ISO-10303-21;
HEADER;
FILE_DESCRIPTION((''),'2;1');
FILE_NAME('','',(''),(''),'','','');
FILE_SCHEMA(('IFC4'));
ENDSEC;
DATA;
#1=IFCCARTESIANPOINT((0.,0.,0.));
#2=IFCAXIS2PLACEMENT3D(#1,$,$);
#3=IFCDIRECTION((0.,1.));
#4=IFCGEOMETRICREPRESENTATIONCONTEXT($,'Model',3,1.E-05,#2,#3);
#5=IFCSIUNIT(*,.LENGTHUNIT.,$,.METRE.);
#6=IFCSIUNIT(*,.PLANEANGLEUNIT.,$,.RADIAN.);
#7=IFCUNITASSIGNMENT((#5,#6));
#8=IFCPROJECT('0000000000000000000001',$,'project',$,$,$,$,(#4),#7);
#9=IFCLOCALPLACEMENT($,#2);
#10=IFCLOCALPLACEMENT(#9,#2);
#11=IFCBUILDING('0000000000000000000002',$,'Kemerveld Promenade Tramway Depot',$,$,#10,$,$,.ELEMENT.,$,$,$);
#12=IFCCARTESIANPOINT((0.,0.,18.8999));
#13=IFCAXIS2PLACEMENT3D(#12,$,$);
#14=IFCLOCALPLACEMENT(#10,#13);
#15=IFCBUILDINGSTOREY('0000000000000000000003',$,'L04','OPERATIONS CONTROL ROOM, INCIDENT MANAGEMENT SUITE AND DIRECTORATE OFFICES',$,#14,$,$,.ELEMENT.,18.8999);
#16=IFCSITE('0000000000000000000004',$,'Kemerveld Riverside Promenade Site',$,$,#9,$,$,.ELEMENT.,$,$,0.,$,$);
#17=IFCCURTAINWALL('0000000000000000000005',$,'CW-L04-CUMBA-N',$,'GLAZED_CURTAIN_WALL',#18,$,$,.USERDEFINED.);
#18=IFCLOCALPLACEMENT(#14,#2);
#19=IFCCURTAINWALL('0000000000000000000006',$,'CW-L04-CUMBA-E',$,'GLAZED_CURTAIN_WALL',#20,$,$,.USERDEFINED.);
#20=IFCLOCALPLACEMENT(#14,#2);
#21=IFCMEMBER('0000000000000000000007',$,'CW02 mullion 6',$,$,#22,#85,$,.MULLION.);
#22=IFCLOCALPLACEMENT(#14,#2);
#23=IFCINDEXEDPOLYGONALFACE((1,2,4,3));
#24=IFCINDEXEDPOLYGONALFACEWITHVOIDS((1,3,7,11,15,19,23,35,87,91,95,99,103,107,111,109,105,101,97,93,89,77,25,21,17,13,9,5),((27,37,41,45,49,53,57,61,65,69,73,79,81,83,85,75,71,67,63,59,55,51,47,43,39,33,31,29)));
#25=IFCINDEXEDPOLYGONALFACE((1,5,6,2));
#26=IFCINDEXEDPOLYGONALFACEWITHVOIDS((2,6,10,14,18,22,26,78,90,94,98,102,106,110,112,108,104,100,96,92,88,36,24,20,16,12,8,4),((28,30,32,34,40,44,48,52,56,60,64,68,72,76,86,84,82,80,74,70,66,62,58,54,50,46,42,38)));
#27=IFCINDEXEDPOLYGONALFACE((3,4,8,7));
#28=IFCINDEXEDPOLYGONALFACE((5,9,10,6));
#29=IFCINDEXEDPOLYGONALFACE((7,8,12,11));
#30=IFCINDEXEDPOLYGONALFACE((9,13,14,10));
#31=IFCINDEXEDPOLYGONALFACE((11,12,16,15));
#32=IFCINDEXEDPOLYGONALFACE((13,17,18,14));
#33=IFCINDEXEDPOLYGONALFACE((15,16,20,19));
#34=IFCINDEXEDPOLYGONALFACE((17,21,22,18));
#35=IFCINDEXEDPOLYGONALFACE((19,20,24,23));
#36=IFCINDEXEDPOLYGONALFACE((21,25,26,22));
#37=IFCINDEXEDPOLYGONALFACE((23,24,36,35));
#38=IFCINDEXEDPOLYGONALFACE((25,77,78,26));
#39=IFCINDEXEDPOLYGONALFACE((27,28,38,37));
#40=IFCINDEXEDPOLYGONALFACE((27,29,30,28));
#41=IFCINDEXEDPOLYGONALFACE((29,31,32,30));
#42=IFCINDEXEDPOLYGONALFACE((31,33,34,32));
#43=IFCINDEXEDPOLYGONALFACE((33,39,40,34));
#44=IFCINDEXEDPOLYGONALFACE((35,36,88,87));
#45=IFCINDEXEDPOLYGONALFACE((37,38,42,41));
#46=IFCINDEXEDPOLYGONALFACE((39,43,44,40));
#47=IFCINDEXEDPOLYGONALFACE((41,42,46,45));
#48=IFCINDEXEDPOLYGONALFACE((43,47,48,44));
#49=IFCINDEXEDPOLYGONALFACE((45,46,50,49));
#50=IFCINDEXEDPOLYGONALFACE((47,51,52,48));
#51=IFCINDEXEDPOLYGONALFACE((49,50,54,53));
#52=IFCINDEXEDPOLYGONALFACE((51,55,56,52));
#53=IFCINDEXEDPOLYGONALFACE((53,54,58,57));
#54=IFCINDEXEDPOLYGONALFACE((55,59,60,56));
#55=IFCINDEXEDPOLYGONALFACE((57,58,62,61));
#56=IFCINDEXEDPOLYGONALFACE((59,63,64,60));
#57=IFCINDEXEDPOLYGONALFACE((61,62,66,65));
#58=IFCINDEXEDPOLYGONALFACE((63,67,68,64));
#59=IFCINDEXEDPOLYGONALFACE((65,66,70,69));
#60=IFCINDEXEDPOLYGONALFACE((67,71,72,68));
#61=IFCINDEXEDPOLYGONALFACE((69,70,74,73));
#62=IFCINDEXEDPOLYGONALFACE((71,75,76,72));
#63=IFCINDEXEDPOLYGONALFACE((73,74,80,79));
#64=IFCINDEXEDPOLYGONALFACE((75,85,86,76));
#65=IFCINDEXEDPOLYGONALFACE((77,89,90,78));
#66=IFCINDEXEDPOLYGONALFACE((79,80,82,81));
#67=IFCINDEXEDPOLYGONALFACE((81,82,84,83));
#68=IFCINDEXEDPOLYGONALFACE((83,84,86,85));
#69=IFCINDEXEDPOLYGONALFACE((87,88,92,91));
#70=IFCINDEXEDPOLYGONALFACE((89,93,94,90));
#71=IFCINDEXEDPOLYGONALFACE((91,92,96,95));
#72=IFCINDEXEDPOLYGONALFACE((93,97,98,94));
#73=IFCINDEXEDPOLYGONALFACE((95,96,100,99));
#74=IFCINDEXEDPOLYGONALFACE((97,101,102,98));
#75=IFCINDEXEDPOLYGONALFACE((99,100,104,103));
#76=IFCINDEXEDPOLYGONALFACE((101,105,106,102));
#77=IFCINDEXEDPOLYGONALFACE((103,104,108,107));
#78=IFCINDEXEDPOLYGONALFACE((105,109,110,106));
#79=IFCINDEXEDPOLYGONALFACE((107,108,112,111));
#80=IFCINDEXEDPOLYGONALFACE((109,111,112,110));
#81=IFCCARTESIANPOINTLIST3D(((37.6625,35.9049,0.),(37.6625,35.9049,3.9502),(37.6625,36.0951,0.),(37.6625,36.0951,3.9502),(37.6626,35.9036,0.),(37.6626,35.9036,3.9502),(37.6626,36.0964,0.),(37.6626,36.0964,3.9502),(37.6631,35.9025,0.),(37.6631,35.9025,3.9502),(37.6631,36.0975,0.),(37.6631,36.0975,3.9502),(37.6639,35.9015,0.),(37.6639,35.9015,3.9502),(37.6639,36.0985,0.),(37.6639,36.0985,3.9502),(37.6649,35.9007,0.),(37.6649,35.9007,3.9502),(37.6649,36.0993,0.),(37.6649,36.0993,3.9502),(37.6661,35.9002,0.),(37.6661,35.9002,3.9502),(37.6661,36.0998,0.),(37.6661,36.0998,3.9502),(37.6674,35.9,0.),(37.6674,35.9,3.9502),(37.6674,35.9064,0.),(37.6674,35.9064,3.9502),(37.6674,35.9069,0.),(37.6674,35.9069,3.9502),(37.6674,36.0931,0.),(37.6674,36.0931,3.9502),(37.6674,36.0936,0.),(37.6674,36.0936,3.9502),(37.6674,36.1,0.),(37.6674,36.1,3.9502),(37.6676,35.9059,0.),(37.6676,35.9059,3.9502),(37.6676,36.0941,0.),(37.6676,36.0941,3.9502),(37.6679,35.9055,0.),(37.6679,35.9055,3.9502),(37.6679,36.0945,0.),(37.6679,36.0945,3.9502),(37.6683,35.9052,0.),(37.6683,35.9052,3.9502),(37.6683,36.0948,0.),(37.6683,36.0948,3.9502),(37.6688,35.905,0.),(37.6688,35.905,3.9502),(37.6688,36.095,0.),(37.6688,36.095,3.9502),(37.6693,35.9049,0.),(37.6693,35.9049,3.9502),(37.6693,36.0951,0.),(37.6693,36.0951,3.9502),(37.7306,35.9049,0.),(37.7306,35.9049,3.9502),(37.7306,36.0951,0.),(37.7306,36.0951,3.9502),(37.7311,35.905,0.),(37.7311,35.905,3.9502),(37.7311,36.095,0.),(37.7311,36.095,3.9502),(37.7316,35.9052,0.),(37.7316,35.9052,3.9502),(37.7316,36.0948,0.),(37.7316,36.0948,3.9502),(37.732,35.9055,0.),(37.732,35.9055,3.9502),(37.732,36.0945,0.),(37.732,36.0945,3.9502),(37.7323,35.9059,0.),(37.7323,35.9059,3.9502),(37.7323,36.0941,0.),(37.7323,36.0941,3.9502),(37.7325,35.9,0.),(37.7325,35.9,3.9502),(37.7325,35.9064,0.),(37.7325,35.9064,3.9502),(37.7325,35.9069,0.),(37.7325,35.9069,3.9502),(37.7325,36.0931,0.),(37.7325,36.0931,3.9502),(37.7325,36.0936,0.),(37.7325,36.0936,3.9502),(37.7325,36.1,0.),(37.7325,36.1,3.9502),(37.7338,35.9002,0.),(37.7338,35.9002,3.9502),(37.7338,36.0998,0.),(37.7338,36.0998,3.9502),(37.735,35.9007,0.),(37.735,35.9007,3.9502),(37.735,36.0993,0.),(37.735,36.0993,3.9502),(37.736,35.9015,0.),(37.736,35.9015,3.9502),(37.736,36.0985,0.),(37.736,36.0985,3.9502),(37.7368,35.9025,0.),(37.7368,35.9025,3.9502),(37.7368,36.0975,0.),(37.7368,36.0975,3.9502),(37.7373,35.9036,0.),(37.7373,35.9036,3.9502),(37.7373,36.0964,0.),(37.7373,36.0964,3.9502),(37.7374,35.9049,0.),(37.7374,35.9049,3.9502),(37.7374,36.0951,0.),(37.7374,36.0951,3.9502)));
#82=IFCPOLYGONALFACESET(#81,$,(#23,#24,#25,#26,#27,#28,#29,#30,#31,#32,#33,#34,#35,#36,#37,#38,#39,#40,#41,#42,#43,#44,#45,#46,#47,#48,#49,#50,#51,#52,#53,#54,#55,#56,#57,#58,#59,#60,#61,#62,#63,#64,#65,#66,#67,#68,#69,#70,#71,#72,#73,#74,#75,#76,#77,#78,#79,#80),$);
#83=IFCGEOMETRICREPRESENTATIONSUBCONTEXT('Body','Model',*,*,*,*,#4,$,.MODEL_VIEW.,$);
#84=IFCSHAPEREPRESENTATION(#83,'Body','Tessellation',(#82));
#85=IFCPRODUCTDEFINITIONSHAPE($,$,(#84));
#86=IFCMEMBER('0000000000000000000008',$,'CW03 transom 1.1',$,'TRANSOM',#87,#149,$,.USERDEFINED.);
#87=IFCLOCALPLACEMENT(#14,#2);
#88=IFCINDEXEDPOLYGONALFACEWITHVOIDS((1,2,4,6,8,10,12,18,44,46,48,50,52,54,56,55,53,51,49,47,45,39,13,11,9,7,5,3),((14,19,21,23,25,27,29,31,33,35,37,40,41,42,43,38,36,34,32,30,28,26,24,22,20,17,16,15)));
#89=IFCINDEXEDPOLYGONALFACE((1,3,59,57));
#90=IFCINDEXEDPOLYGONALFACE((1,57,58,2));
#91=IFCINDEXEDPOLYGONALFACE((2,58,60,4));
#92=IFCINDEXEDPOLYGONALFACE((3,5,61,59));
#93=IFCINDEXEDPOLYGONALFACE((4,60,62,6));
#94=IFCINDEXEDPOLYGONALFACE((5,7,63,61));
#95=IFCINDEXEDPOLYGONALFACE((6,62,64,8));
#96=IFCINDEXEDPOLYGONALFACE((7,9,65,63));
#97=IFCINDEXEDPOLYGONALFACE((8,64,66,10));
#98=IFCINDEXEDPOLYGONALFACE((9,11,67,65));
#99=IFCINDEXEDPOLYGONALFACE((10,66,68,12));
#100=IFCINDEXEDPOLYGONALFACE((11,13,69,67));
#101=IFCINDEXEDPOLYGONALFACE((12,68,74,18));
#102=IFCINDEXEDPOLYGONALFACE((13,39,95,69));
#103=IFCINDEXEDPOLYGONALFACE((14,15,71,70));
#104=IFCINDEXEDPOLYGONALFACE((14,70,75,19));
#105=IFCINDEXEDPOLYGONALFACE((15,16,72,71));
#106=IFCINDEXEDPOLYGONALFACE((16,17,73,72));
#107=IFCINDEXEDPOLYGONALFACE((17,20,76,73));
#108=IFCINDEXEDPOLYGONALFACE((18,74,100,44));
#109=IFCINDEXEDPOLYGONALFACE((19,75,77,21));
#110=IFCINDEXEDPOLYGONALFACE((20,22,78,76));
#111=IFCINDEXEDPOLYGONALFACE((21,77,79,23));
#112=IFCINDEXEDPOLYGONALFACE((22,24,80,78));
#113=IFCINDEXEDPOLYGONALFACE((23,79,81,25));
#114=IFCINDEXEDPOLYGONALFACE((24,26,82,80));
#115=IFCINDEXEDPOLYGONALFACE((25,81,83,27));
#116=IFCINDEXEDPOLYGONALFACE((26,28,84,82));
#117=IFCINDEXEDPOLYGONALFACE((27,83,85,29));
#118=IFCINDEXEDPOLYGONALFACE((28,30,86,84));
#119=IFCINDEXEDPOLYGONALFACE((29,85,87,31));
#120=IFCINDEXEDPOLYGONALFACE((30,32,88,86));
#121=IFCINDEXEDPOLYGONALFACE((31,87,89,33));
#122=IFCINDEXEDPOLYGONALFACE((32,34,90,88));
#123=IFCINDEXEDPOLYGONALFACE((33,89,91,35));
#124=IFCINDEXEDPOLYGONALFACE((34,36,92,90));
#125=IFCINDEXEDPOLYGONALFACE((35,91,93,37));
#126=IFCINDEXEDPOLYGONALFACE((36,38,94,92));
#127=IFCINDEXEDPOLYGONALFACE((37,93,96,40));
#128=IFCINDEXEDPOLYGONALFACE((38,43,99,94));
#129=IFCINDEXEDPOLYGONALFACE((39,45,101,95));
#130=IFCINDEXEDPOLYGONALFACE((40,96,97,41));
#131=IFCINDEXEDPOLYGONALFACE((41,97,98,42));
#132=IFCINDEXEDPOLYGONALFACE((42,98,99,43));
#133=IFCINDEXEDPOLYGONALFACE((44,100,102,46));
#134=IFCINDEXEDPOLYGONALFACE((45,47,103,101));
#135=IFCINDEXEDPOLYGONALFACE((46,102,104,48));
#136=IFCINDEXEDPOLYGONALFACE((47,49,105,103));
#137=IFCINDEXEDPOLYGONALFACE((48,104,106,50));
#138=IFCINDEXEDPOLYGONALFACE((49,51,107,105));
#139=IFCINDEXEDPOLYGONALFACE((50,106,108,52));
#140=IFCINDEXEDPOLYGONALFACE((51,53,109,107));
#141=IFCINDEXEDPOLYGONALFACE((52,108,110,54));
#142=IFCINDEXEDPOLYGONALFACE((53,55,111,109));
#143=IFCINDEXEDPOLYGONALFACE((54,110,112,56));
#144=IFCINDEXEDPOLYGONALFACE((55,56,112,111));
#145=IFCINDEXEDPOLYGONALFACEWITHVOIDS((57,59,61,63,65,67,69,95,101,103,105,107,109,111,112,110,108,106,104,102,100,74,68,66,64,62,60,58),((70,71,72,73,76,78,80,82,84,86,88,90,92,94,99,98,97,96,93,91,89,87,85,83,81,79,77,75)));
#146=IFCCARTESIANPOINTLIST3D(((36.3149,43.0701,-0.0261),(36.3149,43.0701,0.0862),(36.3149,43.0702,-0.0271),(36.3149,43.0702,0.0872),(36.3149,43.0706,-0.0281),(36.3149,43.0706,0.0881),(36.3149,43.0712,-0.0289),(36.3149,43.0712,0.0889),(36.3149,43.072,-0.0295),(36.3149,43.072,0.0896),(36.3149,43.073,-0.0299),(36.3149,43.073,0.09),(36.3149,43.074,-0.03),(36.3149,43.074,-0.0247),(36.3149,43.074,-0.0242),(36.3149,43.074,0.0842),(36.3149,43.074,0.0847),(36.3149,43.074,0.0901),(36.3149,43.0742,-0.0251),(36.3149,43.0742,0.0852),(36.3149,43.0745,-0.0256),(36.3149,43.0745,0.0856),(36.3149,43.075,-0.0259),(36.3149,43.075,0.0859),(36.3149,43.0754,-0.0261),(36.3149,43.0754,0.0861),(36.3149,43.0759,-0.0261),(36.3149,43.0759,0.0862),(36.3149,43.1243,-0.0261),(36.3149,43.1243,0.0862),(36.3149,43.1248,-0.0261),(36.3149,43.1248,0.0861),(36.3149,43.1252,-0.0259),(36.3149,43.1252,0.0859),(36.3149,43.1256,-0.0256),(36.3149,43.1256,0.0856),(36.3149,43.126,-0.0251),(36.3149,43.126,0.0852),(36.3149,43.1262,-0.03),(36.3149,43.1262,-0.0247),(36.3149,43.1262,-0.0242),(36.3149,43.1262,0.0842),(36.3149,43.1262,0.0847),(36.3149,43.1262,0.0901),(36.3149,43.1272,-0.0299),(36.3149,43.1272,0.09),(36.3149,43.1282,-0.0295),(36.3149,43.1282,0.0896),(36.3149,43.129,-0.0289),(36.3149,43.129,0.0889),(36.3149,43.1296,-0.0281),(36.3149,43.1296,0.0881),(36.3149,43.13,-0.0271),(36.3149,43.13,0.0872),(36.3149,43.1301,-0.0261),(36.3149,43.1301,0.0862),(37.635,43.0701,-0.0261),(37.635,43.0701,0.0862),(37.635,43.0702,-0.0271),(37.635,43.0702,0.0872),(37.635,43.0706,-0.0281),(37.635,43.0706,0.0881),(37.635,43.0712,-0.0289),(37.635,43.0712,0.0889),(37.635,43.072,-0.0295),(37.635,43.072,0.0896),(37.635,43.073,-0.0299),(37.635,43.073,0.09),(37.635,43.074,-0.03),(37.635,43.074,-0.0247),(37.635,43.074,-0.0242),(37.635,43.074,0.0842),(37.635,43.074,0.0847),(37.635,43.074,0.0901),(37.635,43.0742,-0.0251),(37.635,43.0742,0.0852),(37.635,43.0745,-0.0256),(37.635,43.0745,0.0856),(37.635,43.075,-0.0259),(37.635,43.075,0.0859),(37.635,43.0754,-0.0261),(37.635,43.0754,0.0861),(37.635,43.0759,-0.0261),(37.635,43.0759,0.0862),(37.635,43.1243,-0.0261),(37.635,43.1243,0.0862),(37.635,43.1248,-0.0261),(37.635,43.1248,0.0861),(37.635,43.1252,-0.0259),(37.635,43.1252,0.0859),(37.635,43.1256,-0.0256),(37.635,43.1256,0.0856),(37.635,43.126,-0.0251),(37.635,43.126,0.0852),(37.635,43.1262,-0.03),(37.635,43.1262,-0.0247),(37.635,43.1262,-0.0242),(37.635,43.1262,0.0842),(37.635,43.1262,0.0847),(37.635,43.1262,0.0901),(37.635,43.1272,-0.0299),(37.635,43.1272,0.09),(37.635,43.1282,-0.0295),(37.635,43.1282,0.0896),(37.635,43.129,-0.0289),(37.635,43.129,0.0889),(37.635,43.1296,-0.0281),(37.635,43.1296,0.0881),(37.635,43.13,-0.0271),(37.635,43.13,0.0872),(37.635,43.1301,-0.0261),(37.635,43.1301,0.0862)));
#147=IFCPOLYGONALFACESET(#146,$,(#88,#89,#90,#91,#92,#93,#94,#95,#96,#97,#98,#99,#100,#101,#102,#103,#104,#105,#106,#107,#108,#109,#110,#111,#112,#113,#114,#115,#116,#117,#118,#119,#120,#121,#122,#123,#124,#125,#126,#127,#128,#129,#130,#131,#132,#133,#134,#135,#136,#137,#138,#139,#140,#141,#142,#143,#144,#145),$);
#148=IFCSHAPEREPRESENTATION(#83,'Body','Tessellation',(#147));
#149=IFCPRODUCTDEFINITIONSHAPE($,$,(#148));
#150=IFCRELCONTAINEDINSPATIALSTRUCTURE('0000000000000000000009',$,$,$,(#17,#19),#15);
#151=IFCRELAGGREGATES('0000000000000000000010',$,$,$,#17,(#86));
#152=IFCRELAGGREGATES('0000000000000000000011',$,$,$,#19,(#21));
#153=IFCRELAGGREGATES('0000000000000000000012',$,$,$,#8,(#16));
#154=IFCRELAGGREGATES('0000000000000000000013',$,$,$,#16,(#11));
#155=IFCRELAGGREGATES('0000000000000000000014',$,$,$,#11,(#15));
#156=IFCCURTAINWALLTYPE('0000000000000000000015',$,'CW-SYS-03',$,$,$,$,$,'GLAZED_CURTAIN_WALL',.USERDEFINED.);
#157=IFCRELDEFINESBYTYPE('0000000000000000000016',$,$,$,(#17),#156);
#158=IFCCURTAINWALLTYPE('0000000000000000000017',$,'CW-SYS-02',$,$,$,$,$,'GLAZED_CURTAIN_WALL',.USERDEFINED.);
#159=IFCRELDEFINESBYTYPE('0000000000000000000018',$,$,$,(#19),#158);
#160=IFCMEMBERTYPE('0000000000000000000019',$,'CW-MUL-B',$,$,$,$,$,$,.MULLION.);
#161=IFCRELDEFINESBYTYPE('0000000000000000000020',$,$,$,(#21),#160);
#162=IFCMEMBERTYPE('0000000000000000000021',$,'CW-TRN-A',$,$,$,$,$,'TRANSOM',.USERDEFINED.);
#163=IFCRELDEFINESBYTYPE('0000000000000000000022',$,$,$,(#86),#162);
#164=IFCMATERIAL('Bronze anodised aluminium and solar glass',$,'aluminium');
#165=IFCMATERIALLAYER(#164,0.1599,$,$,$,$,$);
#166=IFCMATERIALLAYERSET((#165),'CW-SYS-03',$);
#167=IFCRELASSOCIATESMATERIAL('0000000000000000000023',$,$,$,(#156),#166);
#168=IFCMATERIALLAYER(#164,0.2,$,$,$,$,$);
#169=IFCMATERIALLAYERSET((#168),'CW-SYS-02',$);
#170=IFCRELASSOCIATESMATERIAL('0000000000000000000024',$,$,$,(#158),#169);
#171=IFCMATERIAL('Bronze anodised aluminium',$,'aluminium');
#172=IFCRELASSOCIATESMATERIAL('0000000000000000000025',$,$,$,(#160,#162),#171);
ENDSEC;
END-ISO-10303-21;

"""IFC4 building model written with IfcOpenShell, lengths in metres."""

from ifc_helpers import new_model, si_unit, direction, frame, origin, origin_2d, place, context, subcontext, project, spatial, hollow_rectangle, extrude, material, layer, layer_set, material_profile, profile_set, type_object, element, aggregate, save


model = new_model("IFC4")

# Units and contexts
model_context = context("Model", 3, precision=1e-05, world=origin(), true_north=direction((0.0, 1.0)))
body_context = subcontext(model_context, "Body", "Model", "MODEL_VIEW")
ifc_project = project(units=[si_unit("LENGTHUNIT", "METRE"), si_unit("PLANEANGLEUNIT", "RADIAN")], contexts=[model_context])

# Site, building, storey
site_placement = place(None, origin())
site = spatial("IfcSite", under=ifc_project, at=site_placement, Name="Kemerveld Riverside Promenade Site", CompositionType="ELEMENT", RefElevation=0.0)
building_placement = place(site_placement, origin())
building = spatial("IfcBuilding", under=site, at=building_placement, Name="Kemerveld Promenade Tramway Depot", CompositionType="ELEMENT")
storey_placement = place(building_placement, frame((0.0, 0.0, 18.8999)))
storey = spatial("IfcBuildingStorey", under=building, at=storey_placement, Name="L04", Description="OPERATIONS CONTROL ROOM, INCIDENT MANAGEMENT SUITE AND DIRECTORATE OFFICES", CompositionType="ELEMENT", Elevation=18.8999)

# Curtain wall
ifc_material_1 = material(Name="Bronze anodised aluminium and solar glass", Category="aluminium")
ifc_layer_1 = layer(ifc_material_1, 0.1599)
ifc_layer_set_1 = layer_set([ifc_layer_1], Name="CW-SYS-03")
curtain_wall_type_1 = type_object("IfcCurtainWallType", Name="CW-SYS-03", ElementType="GLAZED_CURTAIN_WALL", PredefinedType="USERDEFINED", material=ifc_layer_set_1)
curtain_wall_1_placement = place(storey_placement, origin())
curtain_wall_1 = element("IfcCurtainWall", 1, at=curtain_wall_1_placement, inside=storey, type_object=curtain_wall_type_1, Name="CW-L04-CUMBA-N", ObjectType="GLAZED_CURTAIN_WALL", PredefinedType="USERDEFINED")
ifc_material_2 = material(Name="Bronze anodised aluminium", Category="aluminium")

# Curtain wall, member
ifc_layer_2 = layer(ifc_material_1, 0.2)
ifc_layer_set_2 = layer_set([ifc_layer_2], Name="CW-SYS-02")
curtain_wall_type_2 = type_object("IfcCurtainWallType", Name="CW-SYS-02", ElementType="GLAZED_CURTAIN_WALL", PredefinedType="USERDEFINED", material=ifc_layer_set_2)
curtain_wall_2_placement = place(storey_placement, origin())
curtain_wall_2 = element("IfcCurtainWall", 2, at=curtain_wall_2_placement, inside=storey, type_object=curtain_wall_type_2, Name="CW-L04-CUMBA-E", ObjectType="GLAZED_CURTAIN_WALL", PredefinedType="USERDEFINED")
ifc_material_profile_1 = material_profile(ifc_material_2, hollow_rectangle(XDim=0.075, YDim=0.2, WallThickness=0.0049, InnerFilletRadius=0.002, OuterFilletRadius=0.0049, at=origin_2d()), Name="CW-MUL-200x75")
ifc_profile_set_1 = profile_set([ifc_material_profile_1], Name="Bronze anodised aluminium")
member_type_1 = type_object("IfcMemberType", Name="CW-MUL-B", PredefinedType="MULLION", material=ifc_profile_set_1)
member_1_placement = place(storey_placement, frame((37.7, 36.0, 0.0), z_axis=(0.0, 0.0, 1.0), x_axis=(1.0, 0.0, 0.0)))
member_1 = element("IfcMember", 3, at=member_1_placement, type_object=member_type_1, Name="CW02 mullion 6", PredefinedType="MULLION", context=body_context, shape_type="SweptSolid", body=[
    extrude(hollow_rectangle(XDim=0.075, YDim=0.2, WallThickness=0.0049, InnerFilletRadius=0.002, OuterFilletRadius=0.0049, at=origin_2d()), origin(), (0.0, 0.0, 1.0), 3.9502),
])

# Member
ifc_material_profile_2 = material_profile(ifc_material_2, hollow_rectangle(XDim=0.0601, YDim=0.1201, WallThickness=0.0039, InnerFilletRadius=0.002, OuterFilletRadius=0.0039, at=origin_2d()), Name="CW-TRN-120x60")
ifc_profile_set_2 = profile_set([ifc_material_profile_2], Name="Bronze anodised aluminium")
member_type_2 = type_object("IfcMemberType", Name="CW-TRN-A", ElementType="TRANSOM", PredefinedType="USERDEFINED", material=ifc_profile_set_2)
member_2_placement = place(storey_placement, frame((36.3149, 43.1001, 0.03), z_axis=(1.0, 0.0, 0.0), x_axis=(0.0, 1.0, 0.0)))
member_2 = element("IfcMember", 4, at=member_2_placement, type_object=member_type_2, Name="CW03 transom 1.1", ObjectType="TRANSOM", PredefinedType="USERDEFINED", context=body_context, shape_type="SweptSolid", body=[
    extrude(hollow_rectangle(XDim=0.0601, YDim=0.1201, WallThickness=0.0039, InnerFilletRadius=0.002, OuterFilletRadius=0.0039, at=origin_2d()), origin(), (0.0, 0.0, 1.0), 1.3201),
])
aggregate(curtain_wall_1, [member_2])

aggregate(curtain_wall_2, [member_1])

save(model, "model.ifc")
